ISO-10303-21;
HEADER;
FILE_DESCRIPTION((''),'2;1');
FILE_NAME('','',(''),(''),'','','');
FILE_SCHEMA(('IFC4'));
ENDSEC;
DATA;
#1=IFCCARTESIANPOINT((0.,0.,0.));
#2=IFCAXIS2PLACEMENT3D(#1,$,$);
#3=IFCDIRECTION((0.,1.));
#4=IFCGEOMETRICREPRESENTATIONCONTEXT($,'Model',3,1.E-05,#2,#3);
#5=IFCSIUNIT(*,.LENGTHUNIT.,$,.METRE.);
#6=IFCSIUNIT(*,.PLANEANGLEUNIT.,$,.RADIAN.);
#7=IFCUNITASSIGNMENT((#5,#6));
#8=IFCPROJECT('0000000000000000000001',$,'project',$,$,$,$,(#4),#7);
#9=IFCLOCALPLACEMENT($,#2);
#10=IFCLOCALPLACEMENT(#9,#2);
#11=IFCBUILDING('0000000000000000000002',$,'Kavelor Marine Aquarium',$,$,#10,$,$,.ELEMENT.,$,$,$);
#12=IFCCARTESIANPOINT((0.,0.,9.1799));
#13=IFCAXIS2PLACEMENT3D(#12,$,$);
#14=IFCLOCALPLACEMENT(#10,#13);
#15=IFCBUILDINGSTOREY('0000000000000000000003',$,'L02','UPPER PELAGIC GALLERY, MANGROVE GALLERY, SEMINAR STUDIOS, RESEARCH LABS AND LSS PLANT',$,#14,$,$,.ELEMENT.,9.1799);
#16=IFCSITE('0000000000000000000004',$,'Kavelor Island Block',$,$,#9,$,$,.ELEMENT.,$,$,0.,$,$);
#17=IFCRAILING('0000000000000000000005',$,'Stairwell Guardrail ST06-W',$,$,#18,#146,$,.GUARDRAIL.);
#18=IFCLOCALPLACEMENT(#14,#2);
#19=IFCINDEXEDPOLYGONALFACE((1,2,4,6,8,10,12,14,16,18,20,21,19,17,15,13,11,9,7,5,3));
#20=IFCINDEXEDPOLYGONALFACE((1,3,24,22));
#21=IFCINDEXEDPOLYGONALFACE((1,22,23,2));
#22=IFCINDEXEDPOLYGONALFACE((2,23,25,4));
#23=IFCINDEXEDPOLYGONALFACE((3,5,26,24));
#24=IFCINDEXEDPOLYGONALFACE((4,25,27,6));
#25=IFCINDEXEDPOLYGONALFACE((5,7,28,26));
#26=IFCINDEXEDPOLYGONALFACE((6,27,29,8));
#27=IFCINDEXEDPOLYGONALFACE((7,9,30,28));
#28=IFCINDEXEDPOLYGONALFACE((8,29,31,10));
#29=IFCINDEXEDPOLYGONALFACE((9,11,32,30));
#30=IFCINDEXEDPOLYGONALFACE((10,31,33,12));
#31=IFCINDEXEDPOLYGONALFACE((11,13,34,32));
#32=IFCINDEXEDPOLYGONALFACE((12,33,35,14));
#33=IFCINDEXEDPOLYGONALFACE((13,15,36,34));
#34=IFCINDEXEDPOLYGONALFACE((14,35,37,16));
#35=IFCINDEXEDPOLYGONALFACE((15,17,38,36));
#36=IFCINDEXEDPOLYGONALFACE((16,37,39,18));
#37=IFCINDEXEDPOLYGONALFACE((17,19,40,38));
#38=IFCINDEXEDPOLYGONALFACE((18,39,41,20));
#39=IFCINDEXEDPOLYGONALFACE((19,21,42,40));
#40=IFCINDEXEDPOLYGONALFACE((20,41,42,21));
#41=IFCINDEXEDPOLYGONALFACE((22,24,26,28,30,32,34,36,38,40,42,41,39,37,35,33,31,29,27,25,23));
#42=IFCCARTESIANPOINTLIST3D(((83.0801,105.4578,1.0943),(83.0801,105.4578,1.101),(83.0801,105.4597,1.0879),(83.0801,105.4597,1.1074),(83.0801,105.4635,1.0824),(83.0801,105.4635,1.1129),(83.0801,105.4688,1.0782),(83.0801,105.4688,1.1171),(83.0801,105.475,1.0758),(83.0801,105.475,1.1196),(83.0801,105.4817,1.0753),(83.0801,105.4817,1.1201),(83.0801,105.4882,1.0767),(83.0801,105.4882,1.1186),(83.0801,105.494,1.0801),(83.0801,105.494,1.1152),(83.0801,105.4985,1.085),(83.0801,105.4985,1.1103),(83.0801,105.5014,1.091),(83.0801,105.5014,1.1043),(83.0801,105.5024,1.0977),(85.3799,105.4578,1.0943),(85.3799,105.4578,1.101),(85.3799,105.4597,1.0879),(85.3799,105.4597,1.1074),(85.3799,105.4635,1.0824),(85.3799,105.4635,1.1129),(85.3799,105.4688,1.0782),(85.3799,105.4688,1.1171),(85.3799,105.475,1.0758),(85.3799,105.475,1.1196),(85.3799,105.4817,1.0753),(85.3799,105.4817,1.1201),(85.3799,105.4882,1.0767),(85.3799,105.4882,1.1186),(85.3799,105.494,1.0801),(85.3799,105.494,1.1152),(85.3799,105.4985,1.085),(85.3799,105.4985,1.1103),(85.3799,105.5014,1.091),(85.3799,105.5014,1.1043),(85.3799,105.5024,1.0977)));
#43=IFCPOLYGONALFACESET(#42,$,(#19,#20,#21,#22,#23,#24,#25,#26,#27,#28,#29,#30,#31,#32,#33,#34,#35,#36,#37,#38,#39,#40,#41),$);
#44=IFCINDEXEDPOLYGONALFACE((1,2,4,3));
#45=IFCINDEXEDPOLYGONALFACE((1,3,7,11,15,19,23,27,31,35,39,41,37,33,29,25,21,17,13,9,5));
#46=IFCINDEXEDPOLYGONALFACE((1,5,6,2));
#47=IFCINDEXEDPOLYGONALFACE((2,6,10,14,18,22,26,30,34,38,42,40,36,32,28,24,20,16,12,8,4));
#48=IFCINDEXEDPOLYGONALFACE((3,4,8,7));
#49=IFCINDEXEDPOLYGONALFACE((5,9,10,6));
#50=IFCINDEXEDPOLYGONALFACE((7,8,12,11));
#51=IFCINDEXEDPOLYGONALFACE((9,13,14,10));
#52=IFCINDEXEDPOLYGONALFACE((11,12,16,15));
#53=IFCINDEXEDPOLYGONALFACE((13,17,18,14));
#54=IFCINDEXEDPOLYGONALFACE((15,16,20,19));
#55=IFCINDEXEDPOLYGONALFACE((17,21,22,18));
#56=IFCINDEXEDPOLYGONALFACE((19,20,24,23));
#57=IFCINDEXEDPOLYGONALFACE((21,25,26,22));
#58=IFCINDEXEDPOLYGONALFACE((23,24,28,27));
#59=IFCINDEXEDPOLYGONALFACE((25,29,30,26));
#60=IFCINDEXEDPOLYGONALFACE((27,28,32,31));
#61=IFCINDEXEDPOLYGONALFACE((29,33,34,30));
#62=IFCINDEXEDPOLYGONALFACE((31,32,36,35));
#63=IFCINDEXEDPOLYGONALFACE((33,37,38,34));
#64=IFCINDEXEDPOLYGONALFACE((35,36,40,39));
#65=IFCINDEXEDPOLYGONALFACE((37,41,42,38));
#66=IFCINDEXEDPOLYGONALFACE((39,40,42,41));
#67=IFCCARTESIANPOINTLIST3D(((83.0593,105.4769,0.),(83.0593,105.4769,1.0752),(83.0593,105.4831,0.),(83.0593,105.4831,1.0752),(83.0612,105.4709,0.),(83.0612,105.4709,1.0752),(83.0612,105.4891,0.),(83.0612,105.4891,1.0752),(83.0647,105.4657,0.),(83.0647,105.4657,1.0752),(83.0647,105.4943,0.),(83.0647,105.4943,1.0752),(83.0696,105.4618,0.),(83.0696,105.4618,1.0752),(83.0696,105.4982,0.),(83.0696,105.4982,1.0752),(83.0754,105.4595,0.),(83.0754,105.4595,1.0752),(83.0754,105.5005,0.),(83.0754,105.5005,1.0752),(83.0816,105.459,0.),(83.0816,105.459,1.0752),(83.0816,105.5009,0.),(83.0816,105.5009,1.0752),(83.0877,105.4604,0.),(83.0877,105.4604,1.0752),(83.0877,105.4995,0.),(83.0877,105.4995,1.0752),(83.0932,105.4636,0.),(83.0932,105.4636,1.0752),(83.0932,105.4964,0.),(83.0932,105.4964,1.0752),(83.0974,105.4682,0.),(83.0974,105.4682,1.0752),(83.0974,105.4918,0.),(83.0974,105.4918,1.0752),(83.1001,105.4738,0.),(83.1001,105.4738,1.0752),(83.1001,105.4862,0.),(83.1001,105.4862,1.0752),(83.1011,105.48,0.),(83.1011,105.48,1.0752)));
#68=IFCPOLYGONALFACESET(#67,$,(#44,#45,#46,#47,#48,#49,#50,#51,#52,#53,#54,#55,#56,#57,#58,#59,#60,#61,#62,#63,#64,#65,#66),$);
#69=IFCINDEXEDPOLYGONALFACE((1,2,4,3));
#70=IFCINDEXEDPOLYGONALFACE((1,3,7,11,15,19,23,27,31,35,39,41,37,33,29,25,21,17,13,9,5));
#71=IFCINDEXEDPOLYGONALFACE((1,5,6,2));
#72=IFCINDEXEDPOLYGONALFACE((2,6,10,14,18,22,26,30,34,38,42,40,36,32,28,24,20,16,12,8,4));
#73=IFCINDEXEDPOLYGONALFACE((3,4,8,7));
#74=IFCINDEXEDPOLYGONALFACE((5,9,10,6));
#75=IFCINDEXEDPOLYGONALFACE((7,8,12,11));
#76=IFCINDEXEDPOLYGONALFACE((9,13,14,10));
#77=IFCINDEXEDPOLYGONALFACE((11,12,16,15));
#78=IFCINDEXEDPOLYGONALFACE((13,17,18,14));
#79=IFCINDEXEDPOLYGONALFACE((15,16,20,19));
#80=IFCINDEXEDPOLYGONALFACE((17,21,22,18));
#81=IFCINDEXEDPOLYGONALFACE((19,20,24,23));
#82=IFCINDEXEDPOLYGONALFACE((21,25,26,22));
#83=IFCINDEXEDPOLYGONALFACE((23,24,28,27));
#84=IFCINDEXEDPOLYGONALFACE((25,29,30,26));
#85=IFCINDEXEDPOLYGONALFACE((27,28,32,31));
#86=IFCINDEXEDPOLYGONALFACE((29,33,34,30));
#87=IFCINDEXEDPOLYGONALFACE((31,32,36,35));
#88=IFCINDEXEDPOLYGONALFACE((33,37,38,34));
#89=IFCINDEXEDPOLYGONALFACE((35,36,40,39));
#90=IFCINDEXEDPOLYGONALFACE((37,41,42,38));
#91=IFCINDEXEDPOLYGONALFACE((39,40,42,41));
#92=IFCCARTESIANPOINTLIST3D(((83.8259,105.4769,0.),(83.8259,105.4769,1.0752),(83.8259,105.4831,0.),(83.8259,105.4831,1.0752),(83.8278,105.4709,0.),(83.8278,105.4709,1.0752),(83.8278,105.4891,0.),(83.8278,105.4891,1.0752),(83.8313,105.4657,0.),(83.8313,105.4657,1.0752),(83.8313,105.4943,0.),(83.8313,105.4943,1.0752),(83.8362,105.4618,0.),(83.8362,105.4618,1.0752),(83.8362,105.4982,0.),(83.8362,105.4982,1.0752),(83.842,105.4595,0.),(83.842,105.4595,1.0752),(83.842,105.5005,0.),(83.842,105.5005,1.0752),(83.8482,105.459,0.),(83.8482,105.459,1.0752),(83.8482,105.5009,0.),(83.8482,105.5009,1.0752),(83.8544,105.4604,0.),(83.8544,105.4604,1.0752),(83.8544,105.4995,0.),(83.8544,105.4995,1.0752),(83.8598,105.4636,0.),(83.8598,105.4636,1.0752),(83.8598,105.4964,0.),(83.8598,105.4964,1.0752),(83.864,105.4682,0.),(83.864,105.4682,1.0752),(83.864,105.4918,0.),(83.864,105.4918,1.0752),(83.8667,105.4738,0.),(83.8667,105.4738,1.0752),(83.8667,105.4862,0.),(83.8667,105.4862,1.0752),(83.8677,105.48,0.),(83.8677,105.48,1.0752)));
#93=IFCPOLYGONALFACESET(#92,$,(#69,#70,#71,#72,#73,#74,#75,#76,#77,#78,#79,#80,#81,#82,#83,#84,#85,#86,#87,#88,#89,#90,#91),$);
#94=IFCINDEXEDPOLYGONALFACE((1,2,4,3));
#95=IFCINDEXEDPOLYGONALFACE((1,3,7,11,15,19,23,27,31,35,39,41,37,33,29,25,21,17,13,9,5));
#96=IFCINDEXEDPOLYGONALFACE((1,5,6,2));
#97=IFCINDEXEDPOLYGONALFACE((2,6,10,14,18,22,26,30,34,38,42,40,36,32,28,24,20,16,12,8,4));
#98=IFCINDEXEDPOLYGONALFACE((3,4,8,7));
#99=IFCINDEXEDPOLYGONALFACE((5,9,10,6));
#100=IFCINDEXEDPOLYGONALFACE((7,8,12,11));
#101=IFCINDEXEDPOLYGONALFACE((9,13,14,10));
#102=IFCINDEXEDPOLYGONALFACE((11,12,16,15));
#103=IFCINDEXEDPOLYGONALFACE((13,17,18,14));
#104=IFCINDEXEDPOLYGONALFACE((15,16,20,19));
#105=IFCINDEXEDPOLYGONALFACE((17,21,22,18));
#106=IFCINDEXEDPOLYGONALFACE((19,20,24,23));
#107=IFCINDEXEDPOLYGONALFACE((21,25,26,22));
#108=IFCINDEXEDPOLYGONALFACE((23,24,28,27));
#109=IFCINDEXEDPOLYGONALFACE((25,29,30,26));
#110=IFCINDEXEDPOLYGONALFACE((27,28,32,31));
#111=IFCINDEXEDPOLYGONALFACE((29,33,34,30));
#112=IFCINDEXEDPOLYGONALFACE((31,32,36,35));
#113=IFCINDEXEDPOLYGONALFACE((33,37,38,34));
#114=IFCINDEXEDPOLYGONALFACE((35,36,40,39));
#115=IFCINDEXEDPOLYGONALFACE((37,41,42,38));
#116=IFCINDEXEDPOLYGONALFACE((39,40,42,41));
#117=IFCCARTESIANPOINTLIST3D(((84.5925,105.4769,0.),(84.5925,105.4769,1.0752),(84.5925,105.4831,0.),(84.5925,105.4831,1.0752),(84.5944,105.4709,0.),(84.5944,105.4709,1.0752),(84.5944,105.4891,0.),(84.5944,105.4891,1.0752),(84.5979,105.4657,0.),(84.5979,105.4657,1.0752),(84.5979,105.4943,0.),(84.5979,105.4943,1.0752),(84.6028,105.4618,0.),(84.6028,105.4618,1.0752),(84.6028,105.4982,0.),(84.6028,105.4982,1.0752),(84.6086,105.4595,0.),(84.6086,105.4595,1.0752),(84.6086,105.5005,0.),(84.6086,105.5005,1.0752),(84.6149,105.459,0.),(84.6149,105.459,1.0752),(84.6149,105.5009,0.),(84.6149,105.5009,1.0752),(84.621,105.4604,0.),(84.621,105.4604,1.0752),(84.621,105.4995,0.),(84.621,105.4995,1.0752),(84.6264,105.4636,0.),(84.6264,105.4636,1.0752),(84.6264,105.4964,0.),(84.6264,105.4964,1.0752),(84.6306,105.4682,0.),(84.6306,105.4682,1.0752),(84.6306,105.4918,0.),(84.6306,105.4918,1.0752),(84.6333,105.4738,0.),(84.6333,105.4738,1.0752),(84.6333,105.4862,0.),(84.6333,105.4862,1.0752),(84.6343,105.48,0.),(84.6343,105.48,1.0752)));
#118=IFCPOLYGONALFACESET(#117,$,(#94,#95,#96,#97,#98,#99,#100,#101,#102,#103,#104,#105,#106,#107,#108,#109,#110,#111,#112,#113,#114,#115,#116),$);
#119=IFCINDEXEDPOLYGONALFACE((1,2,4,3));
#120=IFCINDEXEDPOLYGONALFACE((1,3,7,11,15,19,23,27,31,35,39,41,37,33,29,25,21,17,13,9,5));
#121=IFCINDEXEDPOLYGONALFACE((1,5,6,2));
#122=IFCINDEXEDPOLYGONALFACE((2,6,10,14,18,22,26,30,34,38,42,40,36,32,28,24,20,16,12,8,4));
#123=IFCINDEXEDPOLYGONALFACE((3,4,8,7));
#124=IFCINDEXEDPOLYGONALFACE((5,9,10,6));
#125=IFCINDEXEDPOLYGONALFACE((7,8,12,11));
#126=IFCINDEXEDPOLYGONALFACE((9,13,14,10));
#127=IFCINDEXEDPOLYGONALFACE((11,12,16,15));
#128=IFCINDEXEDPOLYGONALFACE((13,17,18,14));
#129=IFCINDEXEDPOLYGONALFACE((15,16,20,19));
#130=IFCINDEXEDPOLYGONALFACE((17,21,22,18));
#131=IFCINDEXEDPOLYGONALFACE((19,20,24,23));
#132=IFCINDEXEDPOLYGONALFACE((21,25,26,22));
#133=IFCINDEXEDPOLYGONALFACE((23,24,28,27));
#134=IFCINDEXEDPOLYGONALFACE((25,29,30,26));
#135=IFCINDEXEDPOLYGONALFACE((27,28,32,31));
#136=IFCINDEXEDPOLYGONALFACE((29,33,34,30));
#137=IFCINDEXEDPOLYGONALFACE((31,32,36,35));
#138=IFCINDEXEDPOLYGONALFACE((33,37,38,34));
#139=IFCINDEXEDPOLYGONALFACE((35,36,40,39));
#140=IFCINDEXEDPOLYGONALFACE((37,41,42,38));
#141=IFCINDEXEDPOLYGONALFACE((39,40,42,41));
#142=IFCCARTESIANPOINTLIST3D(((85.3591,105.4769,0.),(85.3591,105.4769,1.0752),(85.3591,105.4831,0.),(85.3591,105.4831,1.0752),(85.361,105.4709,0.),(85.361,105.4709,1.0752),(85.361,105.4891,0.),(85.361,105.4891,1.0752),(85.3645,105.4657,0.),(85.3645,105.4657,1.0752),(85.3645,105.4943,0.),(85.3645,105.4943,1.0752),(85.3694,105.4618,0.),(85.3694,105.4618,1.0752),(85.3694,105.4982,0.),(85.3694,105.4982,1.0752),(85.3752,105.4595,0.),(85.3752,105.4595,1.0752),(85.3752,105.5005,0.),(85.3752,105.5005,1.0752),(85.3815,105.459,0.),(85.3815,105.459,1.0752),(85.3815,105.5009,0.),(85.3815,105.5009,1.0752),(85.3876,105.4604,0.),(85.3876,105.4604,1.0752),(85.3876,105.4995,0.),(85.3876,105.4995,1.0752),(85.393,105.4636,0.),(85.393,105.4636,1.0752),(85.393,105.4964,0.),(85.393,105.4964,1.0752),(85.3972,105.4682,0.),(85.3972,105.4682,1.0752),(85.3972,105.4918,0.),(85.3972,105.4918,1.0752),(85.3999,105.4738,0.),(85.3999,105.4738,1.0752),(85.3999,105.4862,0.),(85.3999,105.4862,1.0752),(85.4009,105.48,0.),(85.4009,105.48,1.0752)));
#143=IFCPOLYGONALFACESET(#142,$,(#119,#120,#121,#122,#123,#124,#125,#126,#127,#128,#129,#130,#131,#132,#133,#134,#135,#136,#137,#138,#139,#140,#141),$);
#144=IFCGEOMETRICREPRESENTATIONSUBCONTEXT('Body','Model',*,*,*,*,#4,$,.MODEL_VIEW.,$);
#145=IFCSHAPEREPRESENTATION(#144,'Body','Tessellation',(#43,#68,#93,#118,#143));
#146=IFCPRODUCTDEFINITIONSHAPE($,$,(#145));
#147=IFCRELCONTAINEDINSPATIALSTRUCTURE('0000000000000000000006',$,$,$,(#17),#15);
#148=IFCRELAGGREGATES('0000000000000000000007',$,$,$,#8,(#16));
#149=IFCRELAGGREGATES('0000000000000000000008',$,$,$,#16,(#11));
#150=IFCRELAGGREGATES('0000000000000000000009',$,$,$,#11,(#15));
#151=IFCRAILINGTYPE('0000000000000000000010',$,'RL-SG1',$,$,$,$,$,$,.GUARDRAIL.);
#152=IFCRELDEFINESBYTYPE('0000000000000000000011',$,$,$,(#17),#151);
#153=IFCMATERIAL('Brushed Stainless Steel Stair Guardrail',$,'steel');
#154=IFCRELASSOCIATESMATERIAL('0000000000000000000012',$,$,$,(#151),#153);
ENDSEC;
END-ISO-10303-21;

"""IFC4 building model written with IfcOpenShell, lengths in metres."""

from ifc_helpers import new_model, si_unit, direction, frame, origin, origin_2d, place, context, subcontext, project, spatial, circle, extrude, material, type_object, element, save


model = new_model("IFC4")

# Units and contexts
model_context = context("Model", 3, precision=1e-05, world=origin(), true_north=direction((0.0, 1.0)))
body_context = subcontext(model_context, "Body", "Model", "MODEL_VIEW")
ifc_project = project(units=[si_unit("LENGTHUNIT", "METRE"), si_unit("PLANEANGLEUNIT", "RADIAN")], contexts=[model_context])

# Site, building, storey
site_placement = place(None, origin())
site = spatial("IfcSite", under=ifc_project, at=site_placement, Name="Kavelor Island Block", CompositionType="ELEMENT", RefElevation=0.0)
building_placement = place(site_placement, origin())
building = spatial("IfcBuilding", under=site, at=building_placement, Name="Kavelor Marine Aquarium", CompositionType="ELEMENT")
storey_placement = place(building_placement, frame((0.0, 0.0, 9.1799)))
storey = spatial("IfcBuildingStorey", under=building, at=storey_placement, Name="L02", Description="UPPER PELAGIC GALLERY, MANGROVE GALLERY, SEMINAR STUDIOS, RESEARCH LABS AND LSS PLANT", CompositionType="ELEMENT", Elevation=9.1799)

# Railing
ifc_material_1 = material(Name="Brushed Stainless Steel Stair Guardrail", Category="steel")
railing_type_1 = type_object("IfcRailingType", Name="RL-SG1", PredefinedType="GUARDRAIL", material=ifc_material_1)
railing_1_placement = place(storey_placement, frame((83.0801, 105.48, 0.0)))
element("IfcRailing", 1, at=railing_1_placement, inside=storey, type_object=railing_type_1, Name="Stairwell Guardrail ST06-W", PredefinedType="GUARDRAIL", context=body_context, shape_type="SweptSolid", body=[
    extrude(circle(Radius=0.0225, at=origin_2d()), frame((0.0, 0.0, 1.0977), z_axis=(1.0, 0.0, 0.0), x_axis=(0.0, 1.0, 0.0)), (0.0, 0.0, 1.0), 2.2998),
    extrude(circle(Radius=0.021, at=origin_2d()), origin(), (0.0, 0.0, 1.0), 1.0752),
    extrude(circle(Radius=0.021, at=origin_2d()), frame((0.7666, 0.0, 0.0)), (0.0, 0.0, 1.0), 1.0752),
    extrude(circle(Radius=0.021, at=origin_2d()), frame((1.5332, 0.0, 0.0)), (0.0, 0.0, 1.0), 1.0752),
    extrude(circle(Radius=0.021, at=origin_2d()), frame((2.2998, 0.0, 0.0)), (0.0, 0.0, 1.0), 1.0752),
])

save(model, "model.ifc")
